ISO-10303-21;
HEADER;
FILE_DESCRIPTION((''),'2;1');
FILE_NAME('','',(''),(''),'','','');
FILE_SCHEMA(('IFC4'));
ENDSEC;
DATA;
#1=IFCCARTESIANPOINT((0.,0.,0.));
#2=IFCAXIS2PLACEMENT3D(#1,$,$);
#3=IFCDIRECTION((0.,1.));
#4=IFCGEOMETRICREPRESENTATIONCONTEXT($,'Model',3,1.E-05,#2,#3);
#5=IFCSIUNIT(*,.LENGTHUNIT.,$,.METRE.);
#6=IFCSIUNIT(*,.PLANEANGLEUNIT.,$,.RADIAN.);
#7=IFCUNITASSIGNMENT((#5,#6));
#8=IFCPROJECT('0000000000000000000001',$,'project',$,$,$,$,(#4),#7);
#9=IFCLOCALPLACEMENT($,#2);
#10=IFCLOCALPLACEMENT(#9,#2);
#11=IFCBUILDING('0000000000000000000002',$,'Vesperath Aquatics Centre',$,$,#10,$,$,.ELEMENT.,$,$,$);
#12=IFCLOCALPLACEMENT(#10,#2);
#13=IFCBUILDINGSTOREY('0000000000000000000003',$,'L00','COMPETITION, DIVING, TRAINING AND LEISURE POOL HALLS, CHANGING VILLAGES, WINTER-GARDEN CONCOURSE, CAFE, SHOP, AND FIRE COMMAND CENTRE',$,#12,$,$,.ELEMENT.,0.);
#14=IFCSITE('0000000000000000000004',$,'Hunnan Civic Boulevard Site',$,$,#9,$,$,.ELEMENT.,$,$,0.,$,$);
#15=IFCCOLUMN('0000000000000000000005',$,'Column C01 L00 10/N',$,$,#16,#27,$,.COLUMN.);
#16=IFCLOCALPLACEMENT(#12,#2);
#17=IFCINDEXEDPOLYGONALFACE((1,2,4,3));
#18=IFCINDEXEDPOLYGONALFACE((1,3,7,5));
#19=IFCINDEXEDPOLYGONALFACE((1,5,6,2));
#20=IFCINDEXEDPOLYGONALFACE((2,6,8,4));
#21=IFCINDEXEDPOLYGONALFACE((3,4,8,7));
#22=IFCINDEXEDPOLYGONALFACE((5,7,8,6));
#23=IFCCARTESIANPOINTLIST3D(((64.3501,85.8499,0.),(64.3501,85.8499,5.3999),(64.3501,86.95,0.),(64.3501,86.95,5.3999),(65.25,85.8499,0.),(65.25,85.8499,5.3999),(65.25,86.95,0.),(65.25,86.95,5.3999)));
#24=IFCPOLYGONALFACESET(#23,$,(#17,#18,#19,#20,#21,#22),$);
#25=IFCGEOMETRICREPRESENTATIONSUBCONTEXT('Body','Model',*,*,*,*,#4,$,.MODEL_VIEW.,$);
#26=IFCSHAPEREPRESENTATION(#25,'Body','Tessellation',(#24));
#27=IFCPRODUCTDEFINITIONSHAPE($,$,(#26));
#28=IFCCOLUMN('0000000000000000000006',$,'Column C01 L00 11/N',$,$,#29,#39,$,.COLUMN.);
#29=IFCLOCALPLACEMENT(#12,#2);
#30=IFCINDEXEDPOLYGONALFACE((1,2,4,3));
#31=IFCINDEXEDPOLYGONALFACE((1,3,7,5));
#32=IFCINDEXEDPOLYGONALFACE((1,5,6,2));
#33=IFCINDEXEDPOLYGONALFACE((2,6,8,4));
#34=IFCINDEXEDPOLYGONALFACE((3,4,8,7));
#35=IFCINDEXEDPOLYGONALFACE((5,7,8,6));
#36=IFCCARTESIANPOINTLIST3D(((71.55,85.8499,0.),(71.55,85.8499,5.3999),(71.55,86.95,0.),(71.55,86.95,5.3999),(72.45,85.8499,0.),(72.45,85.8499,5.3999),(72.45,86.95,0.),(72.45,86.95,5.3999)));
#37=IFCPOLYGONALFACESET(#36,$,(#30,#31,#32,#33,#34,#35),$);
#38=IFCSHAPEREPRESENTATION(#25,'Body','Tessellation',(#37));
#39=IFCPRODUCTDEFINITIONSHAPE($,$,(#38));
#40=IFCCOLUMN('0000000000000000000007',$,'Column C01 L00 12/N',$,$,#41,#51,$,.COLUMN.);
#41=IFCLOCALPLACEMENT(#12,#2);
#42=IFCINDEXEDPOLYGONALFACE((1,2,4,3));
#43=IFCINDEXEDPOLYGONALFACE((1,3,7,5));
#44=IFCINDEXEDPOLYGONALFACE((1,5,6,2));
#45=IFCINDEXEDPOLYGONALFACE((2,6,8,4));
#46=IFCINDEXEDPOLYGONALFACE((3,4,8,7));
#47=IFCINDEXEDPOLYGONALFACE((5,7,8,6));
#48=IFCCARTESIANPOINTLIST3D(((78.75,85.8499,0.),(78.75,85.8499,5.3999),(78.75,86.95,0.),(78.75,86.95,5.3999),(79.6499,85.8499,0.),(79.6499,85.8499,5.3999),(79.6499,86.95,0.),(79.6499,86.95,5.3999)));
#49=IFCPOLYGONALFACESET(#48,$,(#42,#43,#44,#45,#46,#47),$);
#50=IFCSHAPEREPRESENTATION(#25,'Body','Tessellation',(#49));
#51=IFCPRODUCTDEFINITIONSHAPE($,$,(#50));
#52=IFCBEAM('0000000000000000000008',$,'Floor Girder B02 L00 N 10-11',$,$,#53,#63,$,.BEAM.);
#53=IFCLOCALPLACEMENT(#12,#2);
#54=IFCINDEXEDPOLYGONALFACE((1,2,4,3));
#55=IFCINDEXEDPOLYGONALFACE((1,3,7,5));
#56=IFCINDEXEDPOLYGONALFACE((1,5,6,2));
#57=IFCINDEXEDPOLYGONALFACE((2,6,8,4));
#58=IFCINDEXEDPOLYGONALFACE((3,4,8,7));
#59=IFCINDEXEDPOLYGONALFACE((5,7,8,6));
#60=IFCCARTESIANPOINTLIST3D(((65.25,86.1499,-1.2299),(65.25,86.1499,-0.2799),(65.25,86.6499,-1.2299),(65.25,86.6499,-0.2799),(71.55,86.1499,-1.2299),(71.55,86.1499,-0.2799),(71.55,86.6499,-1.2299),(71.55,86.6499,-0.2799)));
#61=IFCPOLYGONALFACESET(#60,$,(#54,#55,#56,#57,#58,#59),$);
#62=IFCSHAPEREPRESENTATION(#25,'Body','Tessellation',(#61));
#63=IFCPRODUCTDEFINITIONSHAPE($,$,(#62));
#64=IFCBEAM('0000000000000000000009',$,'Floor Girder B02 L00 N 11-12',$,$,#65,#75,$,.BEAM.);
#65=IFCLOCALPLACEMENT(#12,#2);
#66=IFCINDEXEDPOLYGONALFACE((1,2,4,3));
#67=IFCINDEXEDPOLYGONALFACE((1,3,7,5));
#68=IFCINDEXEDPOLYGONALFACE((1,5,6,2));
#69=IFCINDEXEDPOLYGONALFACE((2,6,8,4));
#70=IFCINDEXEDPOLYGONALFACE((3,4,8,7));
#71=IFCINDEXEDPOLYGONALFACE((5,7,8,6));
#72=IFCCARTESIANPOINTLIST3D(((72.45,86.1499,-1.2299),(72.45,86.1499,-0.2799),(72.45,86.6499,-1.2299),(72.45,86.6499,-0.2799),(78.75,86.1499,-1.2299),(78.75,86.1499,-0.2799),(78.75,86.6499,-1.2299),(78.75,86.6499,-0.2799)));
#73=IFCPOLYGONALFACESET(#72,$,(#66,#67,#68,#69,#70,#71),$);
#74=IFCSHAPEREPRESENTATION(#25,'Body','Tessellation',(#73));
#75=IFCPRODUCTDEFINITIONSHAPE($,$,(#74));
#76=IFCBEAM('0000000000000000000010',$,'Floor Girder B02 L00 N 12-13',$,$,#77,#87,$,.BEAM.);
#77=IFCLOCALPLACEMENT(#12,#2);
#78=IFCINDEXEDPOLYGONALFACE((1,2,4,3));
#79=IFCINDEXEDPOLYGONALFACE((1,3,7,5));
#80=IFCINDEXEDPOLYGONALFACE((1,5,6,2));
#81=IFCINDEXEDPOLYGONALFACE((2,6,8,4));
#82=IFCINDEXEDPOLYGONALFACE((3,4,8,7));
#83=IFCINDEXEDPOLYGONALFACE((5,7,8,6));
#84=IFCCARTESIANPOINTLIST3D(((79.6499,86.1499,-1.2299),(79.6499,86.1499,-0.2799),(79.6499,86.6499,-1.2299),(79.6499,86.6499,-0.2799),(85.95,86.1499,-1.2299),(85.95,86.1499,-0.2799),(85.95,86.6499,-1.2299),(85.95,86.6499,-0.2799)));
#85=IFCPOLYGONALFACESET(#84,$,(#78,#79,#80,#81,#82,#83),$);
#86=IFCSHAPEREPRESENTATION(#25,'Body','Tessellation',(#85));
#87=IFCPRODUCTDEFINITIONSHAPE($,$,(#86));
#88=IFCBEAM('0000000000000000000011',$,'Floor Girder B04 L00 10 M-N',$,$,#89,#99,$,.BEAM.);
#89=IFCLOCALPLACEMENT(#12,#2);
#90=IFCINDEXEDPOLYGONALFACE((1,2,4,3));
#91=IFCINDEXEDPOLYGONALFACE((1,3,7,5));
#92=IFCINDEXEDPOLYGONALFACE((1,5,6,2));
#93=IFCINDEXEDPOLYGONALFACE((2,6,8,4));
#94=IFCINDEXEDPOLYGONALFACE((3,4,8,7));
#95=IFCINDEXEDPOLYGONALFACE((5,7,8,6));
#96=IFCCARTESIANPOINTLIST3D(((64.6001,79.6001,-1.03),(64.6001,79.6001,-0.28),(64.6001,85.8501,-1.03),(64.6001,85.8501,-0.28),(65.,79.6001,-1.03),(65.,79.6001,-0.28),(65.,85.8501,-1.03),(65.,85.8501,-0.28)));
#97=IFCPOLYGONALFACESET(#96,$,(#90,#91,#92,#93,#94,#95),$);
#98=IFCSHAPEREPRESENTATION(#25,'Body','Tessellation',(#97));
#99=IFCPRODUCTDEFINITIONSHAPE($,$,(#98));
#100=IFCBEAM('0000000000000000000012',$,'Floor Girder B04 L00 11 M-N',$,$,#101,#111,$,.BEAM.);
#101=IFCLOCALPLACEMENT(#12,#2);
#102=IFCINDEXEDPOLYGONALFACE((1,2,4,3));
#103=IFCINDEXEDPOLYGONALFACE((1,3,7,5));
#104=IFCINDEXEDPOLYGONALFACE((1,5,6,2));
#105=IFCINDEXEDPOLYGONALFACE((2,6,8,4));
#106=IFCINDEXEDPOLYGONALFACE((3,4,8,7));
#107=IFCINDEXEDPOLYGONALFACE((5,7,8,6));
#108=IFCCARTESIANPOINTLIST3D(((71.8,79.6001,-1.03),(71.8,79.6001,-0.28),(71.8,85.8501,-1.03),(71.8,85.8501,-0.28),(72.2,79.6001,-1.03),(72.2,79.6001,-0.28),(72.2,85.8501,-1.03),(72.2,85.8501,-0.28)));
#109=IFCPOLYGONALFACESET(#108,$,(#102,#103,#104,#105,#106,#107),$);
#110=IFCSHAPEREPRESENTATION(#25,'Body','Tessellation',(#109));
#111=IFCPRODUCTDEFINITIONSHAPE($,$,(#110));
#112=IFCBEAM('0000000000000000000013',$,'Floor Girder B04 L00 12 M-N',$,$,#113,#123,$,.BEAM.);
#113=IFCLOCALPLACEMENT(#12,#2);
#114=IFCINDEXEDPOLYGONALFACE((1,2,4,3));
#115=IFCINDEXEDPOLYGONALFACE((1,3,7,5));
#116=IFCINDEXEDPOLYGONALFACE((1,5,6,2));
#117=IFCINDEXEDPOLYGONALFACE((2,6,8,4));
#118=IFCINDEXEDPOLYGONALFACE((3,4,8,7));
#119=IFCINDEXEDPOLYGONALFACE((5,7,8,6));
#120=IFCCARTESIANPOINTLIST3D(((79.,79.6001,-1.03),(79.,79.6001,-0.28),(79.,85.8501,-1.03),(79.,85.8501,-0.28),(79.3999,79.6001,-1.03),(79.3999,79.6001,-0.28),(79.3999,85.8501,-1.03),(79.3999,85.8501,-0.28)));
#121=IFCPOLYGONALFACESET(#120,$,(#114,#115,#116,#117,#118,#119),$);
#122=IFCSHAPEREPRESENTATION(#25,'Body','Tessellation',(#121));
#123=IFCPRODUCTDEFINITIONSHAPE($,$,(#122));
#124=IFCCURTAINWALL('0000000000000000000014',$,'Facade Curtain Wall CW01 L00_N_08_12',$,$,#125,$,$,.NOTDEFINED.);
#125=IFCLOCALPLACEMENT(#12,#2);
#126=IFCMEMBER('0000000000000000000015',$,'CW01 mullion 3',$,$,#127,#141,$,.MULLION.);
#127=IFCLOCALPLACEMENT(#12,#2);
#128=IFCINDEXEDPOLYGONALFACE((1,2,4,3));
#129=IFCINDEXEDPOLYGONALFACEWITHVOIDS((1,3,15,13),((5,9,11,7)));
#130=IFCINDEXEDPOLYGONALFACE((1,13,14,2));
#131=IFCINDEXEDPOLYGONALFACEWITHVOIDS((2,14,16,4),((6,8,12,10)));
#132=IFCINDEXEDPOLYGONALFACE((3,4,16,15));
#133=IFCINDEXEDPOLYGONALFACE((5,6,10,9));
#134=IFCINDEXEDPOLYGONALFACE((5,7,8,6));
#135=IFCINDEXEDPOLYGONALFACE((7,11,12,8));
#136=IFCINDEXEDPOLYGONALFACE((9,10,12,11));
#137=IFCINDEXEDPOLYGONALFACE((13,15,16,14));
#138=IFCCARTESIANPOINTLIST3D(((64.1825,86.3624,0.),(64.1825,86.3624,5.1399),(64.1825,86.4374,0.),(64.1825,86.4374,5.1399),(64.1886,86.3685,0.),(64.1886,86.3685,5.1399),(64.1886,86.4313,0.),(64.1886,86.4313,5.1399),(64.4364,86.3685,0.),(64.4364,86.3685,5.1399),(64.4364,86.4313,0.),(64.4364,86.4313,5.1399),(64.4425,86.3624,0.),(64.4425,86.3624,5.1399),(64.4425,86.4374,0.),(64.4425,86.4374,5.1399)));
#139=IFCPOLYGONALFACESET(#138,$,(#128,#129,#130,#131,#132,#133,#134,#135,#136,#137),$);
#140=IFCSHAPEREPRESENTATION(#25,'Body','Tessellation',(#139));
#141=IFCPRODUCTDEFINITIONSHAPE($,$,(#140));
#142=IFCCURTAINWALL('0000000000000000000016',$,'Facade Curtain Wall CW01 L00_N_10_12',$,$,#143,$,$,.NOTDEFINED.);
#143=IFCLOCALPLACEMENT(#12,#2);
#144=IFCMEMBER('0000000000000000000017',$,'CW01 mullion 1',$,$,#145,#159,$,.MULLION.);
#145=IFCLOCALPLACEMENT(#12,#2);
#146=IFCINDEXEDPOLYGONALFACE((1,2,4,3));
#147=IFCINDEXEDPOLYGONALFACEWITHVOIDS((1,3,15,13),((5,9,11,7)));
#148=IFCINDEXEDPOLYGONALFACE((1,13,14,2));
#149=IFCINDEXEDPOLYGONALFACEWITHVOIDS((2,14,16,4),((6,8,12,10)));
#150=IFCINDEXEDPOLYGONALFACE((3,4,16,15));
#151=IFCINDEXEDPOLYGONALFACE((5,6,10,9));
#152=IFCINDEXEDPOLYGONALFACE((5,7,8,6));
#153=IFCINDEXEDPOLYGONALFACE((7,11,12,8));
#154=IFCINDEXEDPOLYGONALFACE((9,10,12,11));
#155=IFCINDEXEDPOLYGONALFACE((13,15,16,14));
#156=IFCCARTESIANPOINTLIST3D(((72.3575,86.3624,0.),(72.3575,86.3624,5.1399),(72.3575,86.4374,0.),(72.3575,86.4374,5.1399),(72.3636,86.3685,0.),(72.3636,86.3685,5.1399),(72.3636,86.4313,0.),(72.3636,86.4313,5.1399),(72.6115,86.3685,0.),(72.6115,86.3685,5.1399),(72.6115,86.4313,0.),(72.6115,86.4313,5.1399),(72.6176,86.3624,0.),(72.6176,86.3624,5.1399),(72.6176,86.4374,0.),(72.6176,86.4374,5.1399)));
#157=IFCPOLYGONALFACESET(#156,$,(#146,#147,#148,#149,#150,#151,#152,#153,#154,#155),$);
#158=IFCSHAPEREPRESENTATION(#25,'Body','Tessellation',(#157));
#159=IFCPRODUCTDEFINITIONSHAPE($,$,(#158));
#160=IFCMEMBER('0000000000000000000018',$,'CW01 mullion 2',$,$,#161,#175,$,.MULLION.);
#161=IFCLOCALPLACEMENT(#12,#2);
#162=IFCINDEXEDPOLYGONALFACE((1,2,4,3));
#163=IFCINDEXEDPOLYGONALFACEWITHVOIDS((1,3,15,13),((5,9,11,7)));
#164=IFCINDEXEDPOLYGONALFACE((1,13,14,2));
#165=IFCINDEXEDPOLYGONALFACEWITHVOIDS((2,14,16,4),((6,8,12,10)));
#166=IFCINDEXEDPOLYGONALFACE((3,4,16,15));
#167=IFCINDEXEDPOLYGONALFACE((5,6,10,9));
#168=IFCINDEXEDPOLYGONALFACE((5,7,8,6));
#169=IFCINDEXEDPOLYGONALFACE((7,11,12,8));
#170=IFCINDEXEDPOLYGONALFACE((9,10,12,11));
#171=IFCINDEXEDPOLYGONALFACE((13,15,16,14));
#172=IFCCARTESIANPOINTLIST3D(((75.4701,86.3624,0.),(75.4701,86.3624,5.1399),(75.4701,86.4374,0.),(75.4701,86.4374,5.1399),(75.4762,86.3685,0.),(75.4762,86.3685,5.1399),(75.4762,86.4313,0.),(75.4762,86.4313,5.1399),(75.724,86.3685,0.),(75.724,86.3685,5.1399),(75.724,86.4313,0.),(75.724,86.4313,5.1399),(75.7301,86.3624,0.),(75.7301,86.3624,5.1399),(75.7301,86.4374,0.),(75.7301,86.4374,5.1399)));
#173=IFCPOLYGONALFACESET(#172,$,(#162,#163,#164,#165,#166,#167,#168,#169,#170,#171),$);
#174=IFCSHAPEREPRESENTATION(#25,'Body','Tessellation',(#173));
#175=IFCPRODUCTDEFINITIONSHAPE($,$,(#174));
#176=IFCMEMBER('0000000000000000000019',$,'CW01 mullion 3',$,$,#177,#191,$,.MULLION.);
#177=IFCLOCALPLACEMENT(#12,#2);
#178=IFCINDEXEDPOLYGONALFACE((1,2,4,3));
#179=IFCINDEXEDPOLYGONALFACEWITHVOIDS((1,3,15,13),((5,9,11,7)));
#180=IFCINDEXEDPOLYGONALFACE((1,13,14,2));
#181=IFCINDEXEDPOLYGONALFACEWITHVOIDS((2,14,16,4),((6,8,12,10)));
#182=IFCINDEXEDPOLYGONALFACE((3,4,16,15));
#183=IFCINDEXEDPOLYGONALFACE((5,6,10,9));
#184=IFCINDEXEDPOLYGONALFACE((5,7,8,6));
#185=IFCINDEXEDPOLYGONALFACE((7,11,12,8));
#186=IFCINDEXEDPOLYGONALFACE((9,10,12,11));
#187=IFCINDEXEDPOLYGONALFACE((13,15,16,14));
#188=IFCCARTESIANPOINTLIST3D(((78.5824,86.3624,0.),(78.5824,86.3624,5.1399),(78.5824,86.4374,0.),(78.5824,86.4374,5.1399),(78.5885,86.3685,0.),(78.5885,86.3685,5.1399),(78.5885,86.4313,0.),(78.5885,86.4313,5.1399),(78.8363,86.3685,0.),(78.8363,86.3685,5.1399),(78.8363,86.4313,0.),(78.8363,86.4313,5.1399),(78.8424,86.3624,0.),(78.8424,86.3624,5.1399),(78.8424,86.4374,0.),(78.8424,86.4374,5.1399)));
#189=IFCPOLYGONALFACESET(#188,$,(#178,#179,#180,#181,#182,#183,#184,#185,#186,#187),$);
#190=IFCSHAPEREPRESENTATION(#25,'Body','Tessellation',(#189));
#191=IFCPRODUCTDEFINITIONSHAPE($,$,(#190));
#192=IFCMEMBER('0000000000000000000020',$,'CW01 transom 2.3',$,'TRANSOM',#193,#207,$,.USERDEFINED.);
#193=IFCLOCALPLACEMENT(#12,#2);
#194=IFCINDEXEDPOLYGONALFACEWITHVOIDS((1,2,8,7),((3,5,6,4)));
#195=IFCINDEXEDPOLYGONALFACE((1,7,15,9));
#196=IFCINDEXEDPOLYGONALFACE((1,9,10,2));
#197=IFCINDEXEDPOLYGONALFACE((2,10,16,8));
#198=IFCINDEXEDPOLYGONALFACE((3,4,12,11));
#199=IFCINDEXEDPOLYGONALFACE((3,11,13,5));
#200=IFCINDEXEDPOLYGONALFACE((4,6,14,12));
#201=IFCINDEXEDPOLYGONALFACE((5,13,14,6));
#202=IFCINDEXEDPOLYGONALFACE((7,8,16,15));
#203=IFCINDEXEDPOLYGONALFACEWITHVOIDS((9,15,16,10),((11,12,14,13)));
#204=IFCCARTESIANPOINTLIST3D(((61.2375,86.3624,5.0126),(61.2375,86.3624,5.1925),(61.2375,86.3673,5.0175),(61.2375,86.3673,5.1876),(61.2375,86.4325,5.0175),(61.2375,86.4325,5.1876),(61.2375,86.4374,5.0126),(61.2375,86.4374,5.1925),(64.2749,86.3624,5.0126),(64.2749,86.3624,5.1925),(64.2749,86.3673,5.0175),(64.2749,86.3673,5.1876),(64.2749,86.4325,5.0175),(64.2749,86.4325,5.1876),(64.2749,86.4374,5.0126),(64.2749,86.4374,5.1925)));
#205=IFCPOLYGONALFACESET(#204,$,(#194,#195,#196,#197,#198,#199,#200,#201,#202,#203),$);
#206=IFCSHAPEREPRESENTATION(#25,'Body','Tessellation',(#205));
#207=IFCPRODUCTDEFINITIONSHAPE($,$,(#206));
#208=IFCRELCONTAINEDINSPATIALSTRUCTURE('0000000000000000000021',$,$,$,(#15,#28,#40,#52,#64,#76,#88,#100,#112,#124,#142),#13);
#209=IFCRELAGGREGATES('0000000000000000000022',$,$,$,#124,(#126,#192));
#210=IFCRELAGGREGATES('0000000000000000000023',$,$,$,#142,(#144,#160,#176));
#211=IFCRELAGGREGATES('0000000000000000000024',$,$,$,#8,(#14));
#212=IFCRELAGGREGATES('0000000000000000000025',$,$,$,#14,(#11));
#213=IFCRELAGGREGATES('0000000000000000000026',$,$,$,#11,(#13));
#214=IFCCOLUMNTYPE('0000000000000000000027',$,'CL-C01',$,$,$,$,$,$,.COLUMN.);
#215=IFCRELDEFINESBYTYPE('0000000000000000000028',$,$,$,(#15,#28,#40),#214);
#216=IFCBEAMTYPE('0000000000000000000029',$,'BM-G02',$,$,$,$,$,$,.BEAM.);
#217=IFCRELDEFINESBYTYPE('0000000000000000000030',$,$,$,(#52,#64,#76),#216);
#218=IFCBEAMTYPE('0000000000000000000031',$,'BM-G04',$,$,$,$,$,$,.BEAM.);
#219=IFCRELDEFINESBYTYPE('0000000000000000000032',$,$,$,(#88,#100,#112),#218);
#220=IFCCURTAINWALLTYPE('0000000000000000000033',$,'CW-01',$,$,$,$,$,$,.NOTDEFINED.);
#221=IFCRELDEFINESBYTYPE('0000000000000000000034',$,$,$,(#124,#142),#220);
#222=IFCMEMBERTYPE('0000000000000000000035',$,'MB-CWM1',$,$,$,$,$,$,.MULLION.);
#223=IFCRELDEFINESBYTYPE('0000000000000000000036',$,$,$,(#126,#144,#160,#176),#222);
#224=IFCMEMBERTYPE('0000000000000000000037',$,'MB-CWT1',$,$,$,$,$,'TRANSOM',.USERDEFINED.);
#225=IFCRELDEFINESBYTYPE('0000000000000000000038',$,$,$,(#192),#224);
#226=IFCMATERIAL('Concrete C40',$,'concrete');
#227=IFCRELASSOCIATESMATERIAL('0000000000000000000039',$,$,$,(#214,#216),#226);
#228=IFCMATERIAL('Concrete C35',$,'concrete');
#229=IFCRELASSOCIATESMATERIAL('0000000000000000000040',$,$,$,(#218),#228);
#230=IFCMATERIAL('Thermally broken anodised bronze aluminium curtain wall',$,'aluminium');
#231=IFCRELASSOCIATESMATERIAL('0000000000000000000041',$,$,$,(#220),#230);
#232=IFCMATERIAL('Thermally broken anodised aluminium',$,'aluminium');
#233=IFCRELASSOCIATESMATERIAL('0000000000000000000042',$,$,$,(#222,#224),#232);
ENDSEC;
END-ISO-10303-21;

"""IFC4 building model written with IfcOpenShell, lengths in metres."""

from ifc_helpers import new_model, si_unit, direction, frame, origin, origin_2d, place, context, subcontext, project, spatial, rectangle, hollow_rectangle, extrude, material, material_profile, profile_set, type_object, element, aggregate, save


model = new_model("IFC4")

# Units and contexts
model_context = context("Model", 3, precision=1e-05, world=origin(), true_north=direction((0.0, 1.0)))
body_context = subcontext(model_context, "Body", "Model", "MODEL_VIEW")
ifc_project = project(units=[si_unit("LENGTHUNIT", "METRE"), si_unit("PLANEANGLEUNIT", "RADIAN")], contexts=[model_context])

# Site, building, storey
site_placement = place(None, origin())
site = spatial("IfcSite", under=ifc_project, at=site_placement, Name="Hunnan Civic Boulevard Site", CompositionType="ELEMENT", RefElevation=0.0)
building_placement = place(site_placement, origin())
building = spatial("IfcBuilding", under=site, at=building_placement, Name="Vesperath Aquatics Centre", CompositionType="ELEMENT")
storey_placement = place(building_placement, origin())
storey = spatial("IfcBuildingStorey", under=building, at=storey_placement, Name="L00", Description="COMPETITION, DIVING, TRAINING AND LEISURE POOL HALLS, CHANGING VILLAGES, WINTER-GARDEN CONCOURSE, CAFE, SHOP, AND FIRE COMMAND CENTRE", CompositionType="ELEMENT", Elevation=0.0)

# Columns
ifc_material_1 = material(Name="Concrete C40", Category="concrete")
ifc_material_profile_1 = material_profile(ifc_material_1, rectangle(XDim=0.8999, YDim=1.1001, at=origin_2d()), Name="RC 1100x900")
ifc_profile_set_1 = profile_set([ifc_material_profile_1], Name="Concrete C40")
column_type = type_object("IfcColumnType", Name="CL-C01", PredefinedType="COLUMN", material=ifc_profile_set_1)
for number, where, z_axis, x_axis, name in (
    (1, (64.8, 86.3999, 0.0), (0.0, 0.0, 1.0), (1.0, 0.0, 0.0), "Column C01 L00 10/N"),
    (2, (72.0, 86.3999, 0.0), (0.0, 0.0, 1.0), (1.0, 0.0, 0.0), "Column C01 L00 11/N"),
    (3, (79.2, 86.3999, 0.0), (0.0, 0.0, 1.0), (1.0, 0.0, 0.0), "Column C01 L00 12/N"),
):
    element("IfcColumn", number, at=place(storey_placement, frame(where, z_axis=z_axis, x_axis=x_axis)), inside=storey, type_object=column_type, Name=name, PredefinedType="COLUMN", context=body_context, shape_type="SweptSolid", body=[
        extrude(rectangle(XDim=0.8999, YDim=1.1001, at=origin_2d()), origin(), (0.0, 0.0, 1.0), 5.3999),
    ])

# Beams
ifc_material_profile_2 = material_profile(ifc_material_1, rectangle(XDim=0.5, YDim=0.95, at=origin_2d()), Name="RC 500x950")
ifc_profile_set_2 = profile_set([ifc_material_profile_2], Name="Concrete C40")
beam_type_1 = type_object("IfcBeamType", Name="BM-G02", PredefinedType="BEAM", material=ifc_profile_set_2)
for number, where, z_axis, x_axis, name in (
    (4, (65.25, 86.3999, -0.7549), (1.0, 0.0, 0.0), (0.0, 1.0, 0.0), "Floor Girder B02 L00 N 10-11"),
    (5, (72.45, 86.3999, -0.7549), (1.0, 0.0, 0.0), (0.0, 1.0, 0.0), "Floor Girder B02 L00 N 11-12"),
    (6, (79.6499, 86.3999, -0.7549), (1.0, 0.0, 0.0), (0.0, 1.0, 0.0), "Floor Girder B02 L00 N 12-13"),
):
    element("IfcBeam", number, at=place(storey_placement, frame(where, z_axis=z_axis, x_axis=x_axis)), inside=storey, type_object=beam_type_1, Name=name, PredefinedType="BEAM", context=body_context, shape_type="SweptSolid", body=[
        extrude(rectangle(XDim=0.5, YDim=0.95, at=origin_2d()), origin(), (0.0, 0.0, 1.0), 6.3),
    ])
ifc_material_2 = material(Name="Concrete C35", Category="concrete")
ifc_material_profile_3 = material_profile(ifc_material_2, rectangle(XDim=0.3999, YDim=0.75, at=origin_2d()), Name="RC 400x750")
ifc_profile_set_3 = profile_set([ifc_material_profile_3], Name="Concrete C35")
beam_type_2 = type_object("IfcBeamType", Name="BM-G04", PredefinedType="BEAM", material=ifc_profile_set_3)
for number, where, z_axis, x_axis, name in (
    (7, (64.8, 79.6001, -0.655), (0.0, 1.0, 0.0), (-1.0, 0.0, 0.0), "Floor Girder B04 L00 10 M-N"),
    (8, (72.0, 79.6001, -0.655), (0.0, 1.0, 0.0), (-1.0, 0.0, 0.0), "Floor Girder B04 L00 11 M-N"),
    (9, (79.2, 79.6001, -0.655), (0.0, 1.0, 0.0), (-1.0, 0.0, 0.0), "Floor Girder B04 L00 12 M-N"),
):
    element("IfcBeam", number, at=place(storey_placement, frame(where, z_axis=z_axis, x_axis=x_axis)), inside=storey, type_object=beam_type_2, Name=name, PredefinedType="BEAM", context=body_context, shape_type="SweptSolid", body=[
        extrude(rectangle(XDim=0.3999, YDim=0.75, at=origin_2d()), origin(), (0.0, 0.0, 1.0), 6.25),
    ])

# Curtain wall, member
ifc_material_3 = material(Name="Thermally broken anodised bronze aluminium curtain wall", Category="aluminium")
curtain_wall_type = type_object("IfcCurtainWallType", Name="CW-01", PredefinedType="NOTDEFINED", material=ifc_material_3)
curtain_wall_1_placement = place(storey_placement, origin())
curtain_wall_1 = element("IfcCurtainWall", 10, at=curtain_wall_1_placement, inside=storey, type_object=curtain_wall_type, Name="Facade Curtain Wall CW01 L00_N_08_12", PredefinedType="NOTDEFINED")
ifc_material_4 = material(Name="Thermally broken anodised aluminium", Category="aluminium")
ifc_material_profile_4 = material_profile(ifc_material_4, hollow_rectangle(XDim=0.075, YDim=0.26, WallThickness=0.0061, at=origin_2d()), Name="CWM 75x260x6")
ifc_profile_set_4 = profile_set([ifc_material_profile_4], Name="Thermally broken anodised aluminium")
member_type_1 = type_object("IfcMemberType", Name="MB-CWM1", PredefinedType="MULLION", material=ifc_profile_set_4)
member_1_placement = place(storey_placement, frame((64.3125, 86.3999, 0.0), z_axis=(0.0, 0.0, 1.0), x_axis=(0.0, 1.0, 0.0)))
member_1 = element("IfcMember", 11, at=member_1_placement, type_object=member_type_1, Name="CW01 mullion 3", PredefinedType="MULLION", context=body_context, shape_type="SweptSolid", body=[
    extrude(hollow_rectangle(XDim=0.075, YDim=0.26, WallThickness=0.0061, at=origin_2d()), origin(), (0.0, 0.0, 1.0), 5.1399),
])

# Curtain wall, members
curtain_wall_2_placement = place(storey_placement, origin())
curtain_wall_2 = element("IfcCurtainWall", 12, at=curtain_wall_2_placement, inside=storey, type_object=curtain_wall_type, Name="Facade Curtain Wall CW01 L00_N_10_12", PredefinedType="NOTDEFINED")
member_2_placement = place(storey_placement, frame((72.4875, 86.3999, 0.0), z_axis=(0.0, 0.0, 1.0), x_axis=(0.0, 1.0, 0.0)))
member_2 = element("IfcMember", 13, at=member_2_placement, type_object=member_type_1, Name="CW01 mullion 1", PredefinedType="MULLION", context=body_context, shape_type="SweptSolid", body=[
    extrude(hollow_rectangle(XDim=0.075, YDim=0.26, WallThickness=0.0061, at=origin_2d()), origin(), (0.0, 0.0, 1.0), 5.1399),
])
member_3_placement = place(storey_placement, frame((75.6001, 86.3999, 0.0), z_axis=(0.0, 0.0, 1.0), x_axis=(0.0, 1.0, 0.0)))
member_3 = element("IfcMember", 14, at=member_3_placement, type_object=member_type_1, Name="CW01 mullion 2", PredefinedType="MULLION", context=body_context, shape_type="SweptSolid", body=[
    extrude(hollow_rectangle(XDim=0.075, YDim=0.26, WallThickness=0.0061, at=origin_2d()), origin(), (0.0, 0.0, 1.0), 5.1399),
])
member_4_placement = place(storey_placement, frame((78.7124, 86.3999, 0.0), z_axis=(0.0, 0.0, 1.0), x_axis=(0.0, 1.0, 0.0)))
member_4 = element("IfcMember", 15, at=member_4_placement, type_object=member_type_1, Name="CW01 mullion 3", PredefinedType="MULLION", context=body_context, shape_type="SweptSolid", body=[
    extrude(hollow_rectangle(XDim=0.075, YDim=0.26, WallThickness=0.0061, at=origin_2d()), origin(), (0.0, 0.0, 1.0), 5.1399),
])

# Member
ifc_material_profile_5 = material_profile(ifc_material_4, hollow_rectangle(XDim=0.075, YDim=0.1799, WallThickness=0.0049, at=origin_2d()), Name="CWT 75x180x5")
ifc_profile_set_5 = profile_set([ifc_material_profile_5], Name="Thermally broken anodised aluminium")
member_type_2 = type_object("IfcMemberType", Name="MB-CWT1", ElementType="TRANSOM", PredefinedType="USERDEFINED", material=ifc_profile_set_5)
member_5_placement = place(storey_placement, frame((61.2375, 86.3999, 5.1025), z_axis=(1.0, 0.0, 0.0), x_axis=(0.0, 1.0, 0.0)))
member_5 = element("IfcMember", 16, at=member_5_placement, type_object=member_type_2, Name="CW01 transom 2.3", ObjectType="TRANSOM", PredefinedType="USERDEFINED", context=body_context, shape_type="SweptSolid", body=[
    extrude(hollow_rectangle(XDim=0.075, YDim=0.1799, WallThickness=0.0049, at=origin_2d()), origin(), (0.0, 0.0, 1.0), 3.0374),
])

aggregate(curtain_wall_1, [member_1, member_5])
aggregate(curtain_wall_2, [member_2, member_3, member_4])

save(model, "model.ifc")
